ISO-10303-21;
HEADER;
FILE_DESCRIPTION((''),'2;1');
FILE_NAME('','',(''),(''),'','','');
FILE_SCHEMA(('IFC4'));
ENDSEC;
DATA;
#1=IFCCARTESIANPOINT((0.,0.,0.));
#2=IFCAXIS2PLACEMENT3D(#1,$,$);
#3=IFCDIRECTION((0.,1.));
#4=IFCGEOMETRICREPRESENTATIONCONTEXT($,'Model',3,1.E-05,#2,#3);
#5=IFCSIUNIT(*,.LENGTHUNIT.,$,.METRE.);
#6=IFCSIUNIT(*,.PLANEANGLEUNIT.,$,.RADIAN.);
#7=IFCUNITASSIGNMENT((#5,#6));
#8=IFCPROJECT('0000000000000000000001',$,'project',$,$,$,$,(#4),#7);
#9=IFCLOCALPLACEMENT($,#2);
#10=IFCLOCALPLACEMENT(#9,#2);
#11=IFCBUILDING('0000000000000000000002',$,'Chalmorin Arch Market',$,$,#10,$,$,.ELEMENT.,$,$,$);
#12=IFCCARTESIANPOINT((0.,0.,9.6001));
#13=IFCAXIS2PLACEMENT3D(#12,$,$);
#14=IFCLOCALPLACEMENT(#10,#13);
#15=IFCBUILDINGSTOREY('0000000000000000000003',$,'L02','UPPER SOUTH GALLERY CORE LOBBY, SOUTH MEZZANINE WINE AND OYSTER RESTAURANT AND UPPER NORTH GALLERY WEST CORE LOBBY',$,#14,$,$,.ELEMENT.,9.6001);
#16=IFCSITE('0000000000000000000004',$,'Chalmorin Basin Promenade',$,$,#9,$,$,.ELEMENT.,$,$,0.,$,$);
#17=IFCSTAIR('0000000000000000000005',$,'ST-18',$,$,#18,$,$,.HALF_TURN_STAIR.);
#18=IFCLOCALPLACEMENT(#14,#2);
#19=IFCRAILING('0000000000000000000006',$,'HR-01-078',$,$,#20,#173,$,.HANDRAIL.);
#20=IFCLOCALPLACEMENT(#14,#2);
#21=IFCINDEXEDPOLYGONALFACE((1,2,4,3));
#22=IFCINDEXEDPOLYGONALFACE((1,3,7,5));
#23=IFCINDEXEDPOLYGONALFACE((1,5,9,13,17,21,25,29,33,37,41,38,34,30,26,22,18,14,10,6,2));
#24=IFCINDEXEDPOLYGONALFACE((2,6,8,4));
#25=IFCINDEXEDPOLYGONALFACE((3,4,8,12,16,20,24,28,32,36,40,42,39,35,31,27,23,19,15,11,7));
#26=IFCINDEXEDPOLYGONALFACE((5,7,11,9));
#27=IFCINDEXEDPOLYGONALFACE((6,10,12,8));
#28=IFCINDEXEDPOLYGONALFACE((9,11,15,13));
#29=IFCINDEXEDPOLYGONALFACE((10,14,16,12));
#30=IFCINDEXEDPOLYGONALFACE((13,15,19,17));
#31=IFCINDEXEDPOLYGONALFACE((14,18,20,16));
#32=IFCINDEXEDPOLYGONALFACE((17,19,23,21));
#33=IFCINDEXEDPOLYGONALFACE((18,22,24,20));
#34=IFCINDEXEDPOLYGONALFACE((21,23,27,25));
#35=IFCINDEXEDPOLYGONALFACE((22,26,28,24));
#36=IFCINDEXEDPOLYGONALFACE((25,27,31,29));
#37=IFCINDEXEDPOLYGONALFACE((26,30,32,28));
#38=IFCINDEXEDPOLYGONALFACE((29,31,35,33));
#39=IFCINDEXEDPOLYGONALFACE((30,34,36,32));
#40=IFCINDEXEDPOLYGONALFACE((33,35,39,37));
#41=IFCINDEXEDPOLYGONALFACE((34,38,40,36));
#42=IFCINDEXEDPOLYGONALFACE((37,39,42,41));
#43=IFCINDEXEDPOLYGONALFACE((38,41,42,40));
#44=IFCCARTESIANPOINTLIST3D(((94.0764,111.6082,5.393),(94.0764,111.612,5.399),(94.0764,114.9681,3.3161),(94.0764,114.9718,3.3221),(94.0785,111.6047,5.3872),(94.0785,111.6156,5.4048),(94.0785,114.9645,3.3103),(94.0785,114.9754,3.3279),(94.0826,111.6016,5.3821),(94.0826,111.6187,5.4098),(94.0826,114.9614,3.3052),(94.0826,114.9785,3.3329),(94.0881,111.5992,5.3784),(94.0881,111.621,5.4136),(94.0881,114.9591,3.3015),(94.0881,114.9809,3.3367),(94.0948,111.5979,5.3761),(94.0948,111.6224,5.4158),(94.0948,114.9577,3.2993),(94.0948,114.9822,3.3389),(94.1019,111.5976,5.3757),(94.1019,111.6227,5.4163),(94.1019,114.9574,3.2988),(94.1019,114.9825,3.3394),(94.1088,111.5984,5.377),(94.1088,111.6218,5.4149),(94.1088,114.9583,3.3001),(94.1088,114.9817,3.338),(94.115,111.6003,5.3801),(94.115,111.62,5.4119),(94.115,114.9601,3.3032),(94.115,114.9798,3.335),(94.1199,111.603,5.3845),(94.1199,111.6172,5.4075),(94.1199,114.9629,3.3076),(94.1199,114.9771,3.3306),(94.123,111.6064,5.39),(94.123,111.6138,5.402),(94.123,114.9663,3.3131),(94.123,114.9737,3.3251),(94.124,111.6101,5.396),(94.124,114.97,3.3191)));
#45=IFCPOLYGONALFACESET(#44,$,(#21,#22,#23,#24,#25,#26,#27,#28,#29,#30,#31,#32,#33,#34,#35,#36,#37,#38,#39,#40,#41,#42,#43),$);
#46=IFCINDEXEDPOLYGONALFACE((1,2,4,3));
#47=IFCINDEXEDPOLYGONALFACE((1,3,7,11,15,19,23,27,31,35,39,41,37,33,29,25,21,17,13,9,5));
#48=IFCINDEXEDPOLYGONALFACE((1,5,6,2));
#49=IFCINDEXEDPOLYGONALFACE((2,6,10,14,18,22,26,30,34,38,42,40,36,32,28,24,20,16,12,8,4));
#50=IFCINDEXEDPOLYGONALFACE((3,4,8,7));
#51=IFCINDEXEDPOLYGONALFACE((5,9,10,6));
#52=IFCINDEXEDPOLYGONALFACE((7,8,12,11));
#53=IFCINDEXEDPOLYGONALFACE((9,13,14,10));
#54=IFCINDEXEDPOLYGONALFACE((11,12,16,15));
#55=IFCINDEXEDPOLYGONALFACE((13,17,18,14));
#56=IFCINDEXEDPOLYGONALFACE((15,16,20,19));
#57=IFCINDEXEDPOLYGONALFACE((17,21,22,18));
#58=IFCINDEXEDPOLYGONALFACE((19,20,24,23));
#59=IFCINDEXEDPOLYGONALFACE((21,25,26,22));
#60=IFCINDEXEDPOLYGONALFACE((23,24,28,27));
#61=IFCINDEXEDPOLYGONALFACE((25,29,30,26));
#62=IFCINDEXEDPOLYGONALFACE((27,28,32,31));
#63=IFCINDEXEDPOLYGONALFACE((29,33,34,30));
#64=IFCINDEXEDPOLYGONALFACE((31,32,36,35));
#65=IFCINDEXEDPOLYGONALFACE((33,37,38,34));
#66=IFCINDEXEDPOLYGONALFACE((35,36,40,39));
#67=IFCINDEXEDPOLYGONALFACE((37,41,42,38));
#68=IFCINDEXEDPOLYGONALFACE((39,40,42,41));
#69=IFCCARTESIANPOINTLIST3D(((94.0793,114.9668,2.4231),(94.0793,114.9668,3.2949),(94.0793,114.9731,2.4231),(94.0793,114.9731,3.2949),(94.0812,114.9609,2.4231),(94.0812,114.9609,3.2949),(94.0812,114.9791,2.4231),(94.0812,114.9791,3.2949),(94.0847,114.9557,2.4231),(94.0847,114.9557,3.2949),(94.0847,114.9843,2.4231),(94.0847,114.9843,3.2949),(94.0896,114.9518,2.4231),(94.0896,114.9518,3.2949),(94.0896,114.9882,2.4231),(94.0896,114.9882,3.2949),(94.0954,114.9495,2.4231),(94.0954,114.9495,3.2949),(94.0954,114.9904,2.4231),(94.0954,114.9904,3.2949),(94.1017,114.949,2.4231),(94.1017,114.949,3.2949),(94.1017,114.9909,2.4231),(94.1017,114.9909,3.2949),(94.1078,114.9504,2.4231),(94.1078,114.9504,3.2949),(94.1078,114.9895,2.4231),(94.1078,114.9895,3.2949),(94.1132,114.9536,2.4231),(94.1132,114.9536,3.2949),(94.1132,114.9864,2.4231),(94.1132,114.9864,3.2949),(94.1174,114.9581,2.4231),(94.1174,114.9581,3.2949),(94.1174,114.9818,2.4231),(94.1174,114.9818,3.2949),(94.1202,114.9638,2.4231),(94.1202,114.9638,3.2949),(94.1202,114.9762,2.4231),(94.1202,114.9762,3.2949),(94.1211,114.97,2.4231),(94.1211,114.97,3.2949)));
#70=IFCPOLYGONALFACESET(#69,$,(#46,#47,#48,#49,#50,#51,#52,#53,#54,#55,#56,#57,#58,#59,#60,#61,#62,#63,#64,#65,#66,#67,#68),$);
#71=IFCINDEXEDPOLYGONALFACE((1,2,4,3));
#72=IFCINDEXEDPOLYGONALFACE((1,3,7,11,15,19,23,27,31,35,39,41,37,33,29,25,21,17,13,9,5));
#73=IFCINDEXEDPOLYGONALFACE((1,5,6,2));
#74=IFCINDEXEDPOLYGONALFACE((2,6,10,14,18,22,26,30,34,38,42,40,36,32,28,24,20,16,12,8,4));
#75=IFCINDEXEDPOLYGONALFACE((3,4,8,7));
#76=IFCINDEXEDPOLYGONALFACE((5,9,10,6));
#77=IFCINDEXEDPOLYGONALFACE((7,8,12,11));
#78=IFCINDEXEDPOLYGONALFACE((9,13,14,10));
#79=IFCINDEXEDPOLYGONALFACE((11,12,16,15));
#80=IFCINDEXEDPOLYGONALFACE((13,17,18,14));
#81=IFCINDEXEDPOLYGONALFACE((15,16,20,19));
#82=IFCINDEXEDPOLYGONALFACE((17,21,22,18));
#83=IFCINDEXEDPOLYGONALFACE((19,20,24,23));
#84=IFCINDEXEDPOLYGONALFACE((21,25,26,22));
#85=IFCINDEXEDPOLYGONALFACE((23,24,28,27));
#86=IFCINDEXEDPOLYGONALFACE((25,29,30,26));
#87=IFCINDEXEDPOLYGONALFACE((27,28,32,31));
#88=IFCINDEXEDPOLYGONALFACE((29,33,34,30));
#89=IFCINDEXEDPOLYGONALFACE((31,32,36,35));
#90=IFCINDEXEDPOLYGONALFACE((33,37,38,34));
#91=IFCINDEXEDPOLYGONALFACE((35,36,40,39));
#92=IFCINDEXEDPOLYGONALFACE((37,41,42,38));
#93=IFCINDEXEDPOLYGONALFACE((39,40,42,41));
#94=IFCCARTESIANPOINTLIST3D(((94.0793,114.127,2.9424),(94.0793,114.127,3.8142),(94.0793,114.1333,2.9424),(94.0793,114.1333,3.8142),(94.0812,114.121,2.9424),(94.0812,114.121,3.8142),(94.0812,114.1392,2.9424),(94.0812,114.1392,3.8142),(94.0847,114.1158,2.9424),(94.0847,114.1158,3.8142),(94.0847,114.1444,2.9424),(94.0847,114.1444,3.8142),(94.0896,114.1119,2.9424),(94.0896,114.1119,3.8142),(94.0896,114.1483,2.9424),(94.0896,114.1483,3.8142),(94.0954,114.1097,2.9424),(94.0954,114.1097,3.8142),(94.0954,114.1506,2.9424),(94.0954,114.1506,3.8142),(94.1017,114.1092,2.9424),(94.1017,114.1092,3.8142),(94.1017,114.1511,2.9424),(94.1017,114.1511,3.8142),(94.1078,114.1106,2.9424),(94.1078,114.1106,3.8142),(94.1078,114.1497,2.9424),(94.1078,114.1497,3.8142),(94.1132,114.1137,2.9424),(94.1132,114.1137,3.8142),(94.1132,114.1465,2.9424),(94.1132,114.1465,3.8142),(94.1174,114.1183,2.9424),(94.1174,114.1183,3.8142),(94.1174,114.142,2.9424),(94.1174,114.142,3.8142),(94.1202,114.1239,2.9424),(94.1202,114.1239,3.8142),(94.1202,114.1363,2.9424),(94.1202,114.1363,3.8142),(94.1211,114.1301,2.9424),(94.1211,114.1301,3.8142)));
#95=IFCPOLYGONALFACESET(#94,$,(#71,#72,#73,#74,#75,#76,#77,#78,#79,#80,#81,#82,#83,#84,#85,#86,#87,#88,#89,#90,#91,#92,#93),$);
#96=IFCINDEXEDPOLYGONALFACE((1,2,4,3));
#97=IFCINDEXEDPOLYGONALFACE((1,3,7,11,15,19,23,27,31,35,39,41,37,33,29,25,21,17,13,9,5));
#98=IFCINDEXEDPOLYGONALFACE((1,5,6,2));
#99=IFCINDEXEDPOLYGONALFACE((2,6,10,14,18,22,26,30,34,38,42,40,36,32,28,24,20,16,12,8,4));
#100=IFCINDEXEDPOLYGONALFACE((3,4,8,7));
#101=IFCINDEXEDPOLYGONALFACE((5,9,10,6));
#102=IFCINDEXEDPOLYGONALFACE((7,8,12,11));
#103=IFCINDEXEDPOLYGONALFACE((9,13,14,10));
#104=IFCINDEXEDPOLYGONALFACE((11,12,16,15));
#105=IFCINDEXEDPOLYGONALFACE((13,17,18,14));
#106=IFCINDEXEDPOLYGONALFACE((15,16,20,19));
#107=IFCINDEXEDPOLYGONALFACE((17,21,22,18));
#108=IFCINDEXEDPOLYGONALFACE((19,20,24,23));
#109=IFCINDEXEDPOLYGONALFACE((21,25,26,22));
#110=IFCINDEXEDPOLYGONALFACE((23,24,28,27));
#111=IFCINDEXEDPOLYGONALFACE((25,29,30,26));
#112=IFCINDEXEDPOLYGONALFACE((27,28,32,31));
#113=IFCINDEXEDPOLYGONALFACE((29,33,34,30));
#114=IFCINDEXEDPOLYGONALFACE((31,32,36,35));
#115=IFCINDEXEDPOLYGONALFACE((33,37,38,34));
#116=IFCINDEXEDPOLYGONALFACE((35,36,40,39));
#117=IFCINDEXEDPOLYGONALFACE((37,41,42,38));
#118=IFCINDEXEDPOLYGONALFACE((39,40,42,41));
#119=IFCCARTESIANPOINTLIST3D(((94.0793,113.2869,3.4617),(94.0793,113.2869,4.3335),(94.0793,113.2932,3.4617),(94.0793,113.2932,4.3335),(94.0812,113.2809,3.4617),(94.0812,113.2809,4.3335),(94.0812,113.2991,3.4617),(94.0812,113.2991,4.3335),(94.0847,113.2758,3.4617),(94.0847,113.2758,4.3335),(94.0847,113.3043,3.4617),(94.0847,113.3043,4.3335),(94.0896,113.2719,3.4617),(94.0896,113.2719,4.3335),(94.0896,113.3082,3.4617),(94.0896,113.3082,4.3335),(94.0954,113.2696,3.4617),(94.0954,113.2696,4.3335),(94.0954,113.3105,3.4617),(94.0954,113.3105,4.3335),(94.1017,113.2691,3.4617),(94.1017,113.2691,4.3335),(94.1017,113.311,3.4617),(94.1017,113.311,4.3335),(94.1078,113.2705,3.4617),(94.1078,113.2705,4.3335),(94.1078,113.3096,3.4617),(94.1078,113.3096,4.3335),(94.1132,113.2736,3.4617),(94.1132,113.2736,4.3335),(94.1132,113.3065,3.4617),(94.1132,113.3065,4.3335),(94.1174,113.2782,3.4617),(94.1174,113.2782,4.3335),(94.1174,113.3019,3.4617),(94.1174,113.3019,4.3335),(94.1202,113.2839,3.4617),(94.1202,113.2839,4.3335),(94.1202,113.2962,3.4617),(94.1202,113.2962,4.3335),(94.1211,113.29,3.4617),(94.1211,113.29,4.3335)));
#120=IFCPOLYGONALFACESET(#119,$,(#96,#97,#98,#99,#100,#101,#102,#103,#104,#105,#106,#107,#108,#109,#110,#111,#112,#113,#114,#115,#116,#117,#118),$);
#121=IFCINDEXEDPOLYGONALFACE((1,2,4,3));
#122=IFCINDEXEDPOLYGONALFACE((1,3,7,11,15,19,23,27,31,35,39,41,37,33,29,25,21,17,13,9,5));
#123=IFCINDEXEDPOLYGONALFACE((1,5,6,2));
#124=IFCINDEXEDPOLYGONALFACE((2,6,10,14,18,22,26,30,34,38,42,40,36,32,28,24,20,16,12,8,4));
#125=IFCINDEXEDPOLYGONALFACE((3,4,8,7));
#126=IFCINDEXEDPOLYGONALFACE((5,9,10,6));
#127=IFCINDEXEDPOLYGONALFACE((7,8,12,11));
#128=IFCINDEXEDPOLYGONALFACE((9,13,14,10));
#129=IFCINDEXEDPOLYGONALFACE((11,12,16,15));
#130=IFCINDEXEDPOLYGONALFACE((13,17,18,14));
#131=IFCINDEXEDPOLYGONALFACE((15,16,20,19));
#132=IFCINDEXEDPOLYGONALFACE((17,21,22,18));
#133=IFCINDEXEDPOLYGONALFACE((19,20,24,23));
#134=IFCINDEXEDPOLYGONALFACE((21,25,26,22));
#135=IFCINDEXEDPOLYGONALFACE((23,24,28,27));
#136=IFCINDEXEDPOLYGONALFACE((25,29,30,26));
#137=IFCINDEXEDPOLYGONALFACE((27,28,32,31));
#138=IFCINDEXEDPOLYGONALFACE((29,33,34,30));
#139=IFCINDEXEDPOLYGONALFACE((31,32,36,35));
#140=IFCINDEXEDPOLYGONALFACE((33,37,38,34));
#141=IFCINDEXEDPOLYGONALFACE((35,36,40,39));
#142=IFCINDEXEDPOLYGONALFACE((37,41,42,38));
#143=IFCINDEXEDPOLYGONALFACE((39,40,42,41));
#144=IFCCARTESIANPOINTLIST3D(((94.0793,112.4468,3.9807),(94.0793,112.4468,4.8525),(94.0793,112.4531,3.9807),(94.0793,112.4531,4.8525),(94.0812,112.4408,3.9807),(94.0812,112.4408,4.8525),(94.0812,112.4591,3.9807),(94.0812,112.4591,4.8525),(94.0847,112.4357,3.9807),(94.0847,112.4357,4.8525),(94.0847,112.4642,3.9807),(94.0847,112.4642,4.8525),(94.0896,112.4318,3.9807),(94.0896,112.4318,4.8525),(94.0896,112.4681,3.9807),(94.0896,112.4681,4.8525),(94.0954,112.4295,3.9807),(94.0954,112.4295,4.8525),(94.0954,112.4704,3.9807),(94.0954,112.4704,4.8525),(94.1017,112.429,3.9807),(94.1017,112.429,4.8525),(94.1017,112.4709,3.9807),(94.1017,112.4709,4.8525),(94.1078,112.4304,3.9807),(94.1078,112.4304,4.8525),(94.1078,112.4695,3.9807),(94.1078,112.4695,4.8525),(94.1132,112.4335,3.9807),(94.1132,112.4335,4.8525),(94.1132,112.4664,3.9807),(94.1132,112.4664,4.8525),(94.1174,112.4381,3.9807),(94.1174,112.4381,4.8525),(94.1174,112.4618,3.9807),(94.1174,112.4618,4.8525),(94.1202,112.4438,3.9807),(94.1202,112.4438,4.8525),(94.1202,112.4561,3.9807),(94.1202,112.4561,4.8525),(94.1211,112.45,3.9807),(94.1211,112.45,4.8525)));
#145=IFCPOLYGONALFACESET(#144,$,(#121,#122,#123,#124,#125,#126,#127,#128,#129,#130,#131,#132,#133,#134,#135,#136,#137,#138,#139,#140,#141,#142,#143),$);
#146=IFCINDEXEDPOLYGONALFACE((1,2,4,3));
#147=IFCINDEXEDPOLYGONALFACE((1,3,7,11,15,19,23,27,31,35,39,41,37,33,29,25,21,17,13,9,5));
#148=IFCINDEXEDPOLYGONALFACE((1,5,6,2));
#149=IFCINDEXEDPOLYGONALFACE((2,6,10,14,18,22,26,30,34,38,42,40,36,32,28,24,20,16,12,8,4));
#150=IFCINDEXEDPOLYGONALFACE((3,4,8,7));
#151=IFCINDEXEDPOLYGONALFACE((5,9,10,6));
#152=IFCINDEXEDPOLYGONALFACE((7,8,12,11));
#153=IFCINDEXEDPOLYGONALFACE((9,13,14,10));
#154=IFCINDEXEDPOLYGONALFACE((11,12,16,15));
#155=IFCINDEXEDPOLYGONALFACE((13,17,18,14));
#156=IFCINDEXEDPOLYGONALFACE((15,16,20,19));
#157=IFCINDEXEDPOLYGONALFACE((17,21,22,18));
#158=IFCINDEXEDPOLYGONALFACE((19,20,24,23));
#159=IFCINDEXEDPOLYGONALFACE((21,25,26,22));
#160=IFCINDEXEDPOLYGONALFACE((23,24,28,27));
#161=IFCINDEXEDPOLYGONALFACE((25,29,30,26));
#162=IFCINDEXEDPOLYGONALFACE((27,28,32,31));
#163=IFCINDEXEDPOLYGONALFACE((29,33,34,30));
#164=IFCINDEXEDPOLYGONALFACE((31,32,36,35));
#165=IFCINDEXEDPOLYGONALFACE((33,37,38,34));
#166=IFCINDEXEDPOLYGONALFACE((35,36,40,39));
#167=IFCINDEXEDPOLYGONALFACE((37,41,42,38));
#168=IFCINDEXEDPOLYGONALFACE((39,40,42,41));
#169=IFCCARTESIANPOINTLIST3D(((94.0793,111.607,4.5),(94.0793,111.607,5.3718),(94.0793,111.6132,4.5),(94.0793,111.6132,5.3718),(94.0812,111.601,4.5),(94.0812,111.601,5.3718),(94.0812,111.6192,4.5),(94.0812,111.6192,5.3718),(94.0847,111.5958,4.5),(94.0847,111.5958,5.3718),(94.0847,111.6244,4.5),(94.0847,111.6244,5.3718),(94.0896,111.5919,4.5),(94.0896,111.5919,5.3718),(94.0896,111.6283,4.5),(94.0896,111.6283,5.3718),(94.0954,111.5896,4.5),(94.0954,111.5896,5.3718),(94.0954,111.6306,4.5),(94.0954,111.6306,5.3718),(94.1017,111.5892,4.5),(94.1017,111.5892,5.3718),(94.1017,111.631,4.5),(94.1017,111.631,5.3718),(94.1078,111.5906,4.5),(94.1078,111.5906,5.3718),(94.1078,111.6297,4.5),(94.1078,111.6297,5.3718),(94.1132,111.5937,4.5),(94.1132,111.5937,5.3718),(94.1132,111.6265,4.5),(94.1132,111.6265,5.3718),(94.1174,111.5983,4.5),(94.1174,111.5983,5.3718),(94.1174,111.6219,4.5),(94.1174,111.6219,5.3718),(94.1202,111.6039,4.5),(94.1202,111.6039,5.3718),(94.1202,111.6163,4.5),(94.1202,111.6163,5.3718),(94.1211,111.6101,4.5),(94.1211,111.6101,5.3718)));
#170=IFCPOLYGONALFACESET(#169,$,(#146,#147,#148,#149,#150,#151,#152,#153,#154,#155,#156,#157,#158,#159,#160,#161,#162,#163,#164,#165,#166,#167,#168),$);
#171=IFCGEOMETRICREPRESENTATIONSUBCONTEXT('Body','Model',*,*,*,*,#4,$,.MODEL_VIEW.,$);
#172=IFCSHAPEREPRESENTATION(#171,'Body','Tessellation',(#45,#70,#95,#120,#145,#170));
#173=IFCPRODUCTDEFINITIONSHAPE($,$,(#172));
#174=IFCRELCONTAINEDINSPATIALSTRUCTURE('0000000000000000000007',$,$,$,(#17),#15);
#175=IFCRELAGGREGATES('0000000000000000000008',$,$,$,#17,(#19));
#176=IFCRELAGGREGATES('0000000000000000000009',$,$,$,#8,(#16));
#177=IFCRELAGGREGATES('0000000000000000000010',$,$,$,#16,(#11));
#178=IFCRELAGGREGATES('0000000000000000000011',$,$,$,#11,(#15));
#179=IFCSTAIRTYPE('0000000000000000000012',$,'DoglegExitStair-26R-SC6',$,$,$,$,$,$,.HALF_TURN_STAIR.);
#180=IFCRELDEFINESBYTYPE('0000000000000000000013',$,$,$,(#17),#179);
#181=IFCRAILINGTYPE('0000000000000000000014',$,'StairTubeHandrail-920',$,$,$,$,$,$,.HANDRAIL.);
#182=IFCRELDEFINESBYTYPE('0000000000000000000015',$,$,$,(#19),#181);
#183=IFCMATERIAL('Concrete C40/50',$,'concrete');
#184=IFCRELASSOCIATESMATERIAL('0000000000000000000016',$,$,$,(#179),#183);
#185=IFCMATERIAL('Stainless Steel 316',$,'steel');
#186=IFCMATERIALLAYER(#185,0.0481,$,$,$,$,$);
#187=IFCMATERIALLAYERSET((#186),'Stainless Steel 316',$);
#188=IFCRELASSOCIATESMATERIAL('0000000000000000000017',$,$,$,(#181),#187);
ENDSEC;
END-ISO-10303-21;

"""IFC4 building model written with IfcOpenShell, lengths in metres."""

from ifc_helpers import new_model, si_unit, direction, frame, origin, origin_2d, place, context, subcontext, project, spatial, circle, extrude, material, layer, layer_set, type_object, element, aggregate, save


model = new_model("IFC4")

# Units and contexts
model_context = context("Model", 3, precision=1e-05, world=origin(), true_north=direction((0.0, 1.0)))
body_context = subcontext(model_context, "Body", "Model", "MODEL_VIEW")
ifc_project = project(units=[si_unit("LENGTHUNIT", "METRE"), si_unit("PLANEANGLEUNIT", "RADIAN")], contexts=[model_context])

# Site, building, storey
site_placement = place(None, origin())
site = spatial("IfcSite", under=ifc_project, at=site_placement, Name="Chalmorin Basin Promenade", CompositionType="ELEMENT", RefElevation=0.0)
building_placement = place(site_placement, origin())
building = spatial("IfcBuilding", under=site, at=building_placement, Name="Chalmorin Arch Market", CompositionType="ELEMENT")
storey_placement = place(building_placement, frame((0.0, 0.0, 9.6001)))
storey = spatial("IfcBuildingStorey", under=building, at=storey_placement, Name="L02", Description="UPPER SOUTH GALLERY CORE LOBBY, SOUTH MEZZANINE WINE AND OYSTER RESTAURANT AND UPPER NORTH GALLERY WEST CORE LOBBY", CompositionType="ELEMENT", Elevation=9.6001)

# Shared definitions
ifc_material_1 = material(Name="Concrete C40/50", Category="concrete")

# Stair, railing
stair_type = type_object("IfcStairType", Name="DoglegExitStair-26R-SC6", PredefinedType="HALF_TURN_STAIR", material=ifc_material_1)
stair_placement = place(storey_placement, origin())
stair = element("IfcStair", 1, at=stair_placement, inside=storey, type_object=stair_type, Name="ST-18", PredefinedType="HALF_TURN_STAIR")
ifc_material_2 = material(Name="Stainless Steel 316", Category="steel")
ifc_layer_1 = layer(ifc_material_2, 0.0481)
ifc_layer_set_1 = layer_set([ifc_layer_1], Name="Stainless Steel 316")
railing_type_1 = type_object("IfcRailingType", Name="StairTubeHandrail-920", PredefinedType="HANDRAIL", material=ifc_layer_set_1)
railing_1_placement = place(storey_placement, frame((94.1001, 114.97, 2.4231)))
railing_1 = element("IfcRailing", 2, at=railing_1_placement, type_object=railing_type_1, Name="HR-01-078", PredefinedType="HANDRAIL", context=body_context, shape_type="SweptSolid", body=[
    extrude(circle(Radius=0.0239, at=origin_2d()), frame((0.0, 0.0, 0.896), z_axis=(0.0, -0.850606, 0.525803), x_axis=(1.0, 0.0, 0.0)), (0.0, 0.0, 1.0), 3.95),
    extrude(circle(Radius=0.021, at=origin_2d()), origin(), (0.0, 0.0, 1.0), 0.8718),
    extrude(circle(Radius=0.021, at=origin_2d()), frame((0.0, -0.8398, 0.5193)), (0.0, 0.0, 1.0), 0.8718),
    extrude(circle(Radius=0.021, at=origin_2d()), frame((0.0, -1.6799, 1.0386)), (0.0, 0.0, 1.0), 0.8718),
    extrude(circle(Radius=0.021, at=origin_2d()), frame((0.0, -2.52, 1.5576)), (0.0, 0.0, 1.0), 0.8718),
    extrude(circle(Radius=0.021, at=origin_2d()), frame((0.0, -3.3599, 2.0769)), (0.0, 0.0, 1.0), 0.8718),
])
aggregate(stair, [railing_1])

save(model, "model.ifc")
